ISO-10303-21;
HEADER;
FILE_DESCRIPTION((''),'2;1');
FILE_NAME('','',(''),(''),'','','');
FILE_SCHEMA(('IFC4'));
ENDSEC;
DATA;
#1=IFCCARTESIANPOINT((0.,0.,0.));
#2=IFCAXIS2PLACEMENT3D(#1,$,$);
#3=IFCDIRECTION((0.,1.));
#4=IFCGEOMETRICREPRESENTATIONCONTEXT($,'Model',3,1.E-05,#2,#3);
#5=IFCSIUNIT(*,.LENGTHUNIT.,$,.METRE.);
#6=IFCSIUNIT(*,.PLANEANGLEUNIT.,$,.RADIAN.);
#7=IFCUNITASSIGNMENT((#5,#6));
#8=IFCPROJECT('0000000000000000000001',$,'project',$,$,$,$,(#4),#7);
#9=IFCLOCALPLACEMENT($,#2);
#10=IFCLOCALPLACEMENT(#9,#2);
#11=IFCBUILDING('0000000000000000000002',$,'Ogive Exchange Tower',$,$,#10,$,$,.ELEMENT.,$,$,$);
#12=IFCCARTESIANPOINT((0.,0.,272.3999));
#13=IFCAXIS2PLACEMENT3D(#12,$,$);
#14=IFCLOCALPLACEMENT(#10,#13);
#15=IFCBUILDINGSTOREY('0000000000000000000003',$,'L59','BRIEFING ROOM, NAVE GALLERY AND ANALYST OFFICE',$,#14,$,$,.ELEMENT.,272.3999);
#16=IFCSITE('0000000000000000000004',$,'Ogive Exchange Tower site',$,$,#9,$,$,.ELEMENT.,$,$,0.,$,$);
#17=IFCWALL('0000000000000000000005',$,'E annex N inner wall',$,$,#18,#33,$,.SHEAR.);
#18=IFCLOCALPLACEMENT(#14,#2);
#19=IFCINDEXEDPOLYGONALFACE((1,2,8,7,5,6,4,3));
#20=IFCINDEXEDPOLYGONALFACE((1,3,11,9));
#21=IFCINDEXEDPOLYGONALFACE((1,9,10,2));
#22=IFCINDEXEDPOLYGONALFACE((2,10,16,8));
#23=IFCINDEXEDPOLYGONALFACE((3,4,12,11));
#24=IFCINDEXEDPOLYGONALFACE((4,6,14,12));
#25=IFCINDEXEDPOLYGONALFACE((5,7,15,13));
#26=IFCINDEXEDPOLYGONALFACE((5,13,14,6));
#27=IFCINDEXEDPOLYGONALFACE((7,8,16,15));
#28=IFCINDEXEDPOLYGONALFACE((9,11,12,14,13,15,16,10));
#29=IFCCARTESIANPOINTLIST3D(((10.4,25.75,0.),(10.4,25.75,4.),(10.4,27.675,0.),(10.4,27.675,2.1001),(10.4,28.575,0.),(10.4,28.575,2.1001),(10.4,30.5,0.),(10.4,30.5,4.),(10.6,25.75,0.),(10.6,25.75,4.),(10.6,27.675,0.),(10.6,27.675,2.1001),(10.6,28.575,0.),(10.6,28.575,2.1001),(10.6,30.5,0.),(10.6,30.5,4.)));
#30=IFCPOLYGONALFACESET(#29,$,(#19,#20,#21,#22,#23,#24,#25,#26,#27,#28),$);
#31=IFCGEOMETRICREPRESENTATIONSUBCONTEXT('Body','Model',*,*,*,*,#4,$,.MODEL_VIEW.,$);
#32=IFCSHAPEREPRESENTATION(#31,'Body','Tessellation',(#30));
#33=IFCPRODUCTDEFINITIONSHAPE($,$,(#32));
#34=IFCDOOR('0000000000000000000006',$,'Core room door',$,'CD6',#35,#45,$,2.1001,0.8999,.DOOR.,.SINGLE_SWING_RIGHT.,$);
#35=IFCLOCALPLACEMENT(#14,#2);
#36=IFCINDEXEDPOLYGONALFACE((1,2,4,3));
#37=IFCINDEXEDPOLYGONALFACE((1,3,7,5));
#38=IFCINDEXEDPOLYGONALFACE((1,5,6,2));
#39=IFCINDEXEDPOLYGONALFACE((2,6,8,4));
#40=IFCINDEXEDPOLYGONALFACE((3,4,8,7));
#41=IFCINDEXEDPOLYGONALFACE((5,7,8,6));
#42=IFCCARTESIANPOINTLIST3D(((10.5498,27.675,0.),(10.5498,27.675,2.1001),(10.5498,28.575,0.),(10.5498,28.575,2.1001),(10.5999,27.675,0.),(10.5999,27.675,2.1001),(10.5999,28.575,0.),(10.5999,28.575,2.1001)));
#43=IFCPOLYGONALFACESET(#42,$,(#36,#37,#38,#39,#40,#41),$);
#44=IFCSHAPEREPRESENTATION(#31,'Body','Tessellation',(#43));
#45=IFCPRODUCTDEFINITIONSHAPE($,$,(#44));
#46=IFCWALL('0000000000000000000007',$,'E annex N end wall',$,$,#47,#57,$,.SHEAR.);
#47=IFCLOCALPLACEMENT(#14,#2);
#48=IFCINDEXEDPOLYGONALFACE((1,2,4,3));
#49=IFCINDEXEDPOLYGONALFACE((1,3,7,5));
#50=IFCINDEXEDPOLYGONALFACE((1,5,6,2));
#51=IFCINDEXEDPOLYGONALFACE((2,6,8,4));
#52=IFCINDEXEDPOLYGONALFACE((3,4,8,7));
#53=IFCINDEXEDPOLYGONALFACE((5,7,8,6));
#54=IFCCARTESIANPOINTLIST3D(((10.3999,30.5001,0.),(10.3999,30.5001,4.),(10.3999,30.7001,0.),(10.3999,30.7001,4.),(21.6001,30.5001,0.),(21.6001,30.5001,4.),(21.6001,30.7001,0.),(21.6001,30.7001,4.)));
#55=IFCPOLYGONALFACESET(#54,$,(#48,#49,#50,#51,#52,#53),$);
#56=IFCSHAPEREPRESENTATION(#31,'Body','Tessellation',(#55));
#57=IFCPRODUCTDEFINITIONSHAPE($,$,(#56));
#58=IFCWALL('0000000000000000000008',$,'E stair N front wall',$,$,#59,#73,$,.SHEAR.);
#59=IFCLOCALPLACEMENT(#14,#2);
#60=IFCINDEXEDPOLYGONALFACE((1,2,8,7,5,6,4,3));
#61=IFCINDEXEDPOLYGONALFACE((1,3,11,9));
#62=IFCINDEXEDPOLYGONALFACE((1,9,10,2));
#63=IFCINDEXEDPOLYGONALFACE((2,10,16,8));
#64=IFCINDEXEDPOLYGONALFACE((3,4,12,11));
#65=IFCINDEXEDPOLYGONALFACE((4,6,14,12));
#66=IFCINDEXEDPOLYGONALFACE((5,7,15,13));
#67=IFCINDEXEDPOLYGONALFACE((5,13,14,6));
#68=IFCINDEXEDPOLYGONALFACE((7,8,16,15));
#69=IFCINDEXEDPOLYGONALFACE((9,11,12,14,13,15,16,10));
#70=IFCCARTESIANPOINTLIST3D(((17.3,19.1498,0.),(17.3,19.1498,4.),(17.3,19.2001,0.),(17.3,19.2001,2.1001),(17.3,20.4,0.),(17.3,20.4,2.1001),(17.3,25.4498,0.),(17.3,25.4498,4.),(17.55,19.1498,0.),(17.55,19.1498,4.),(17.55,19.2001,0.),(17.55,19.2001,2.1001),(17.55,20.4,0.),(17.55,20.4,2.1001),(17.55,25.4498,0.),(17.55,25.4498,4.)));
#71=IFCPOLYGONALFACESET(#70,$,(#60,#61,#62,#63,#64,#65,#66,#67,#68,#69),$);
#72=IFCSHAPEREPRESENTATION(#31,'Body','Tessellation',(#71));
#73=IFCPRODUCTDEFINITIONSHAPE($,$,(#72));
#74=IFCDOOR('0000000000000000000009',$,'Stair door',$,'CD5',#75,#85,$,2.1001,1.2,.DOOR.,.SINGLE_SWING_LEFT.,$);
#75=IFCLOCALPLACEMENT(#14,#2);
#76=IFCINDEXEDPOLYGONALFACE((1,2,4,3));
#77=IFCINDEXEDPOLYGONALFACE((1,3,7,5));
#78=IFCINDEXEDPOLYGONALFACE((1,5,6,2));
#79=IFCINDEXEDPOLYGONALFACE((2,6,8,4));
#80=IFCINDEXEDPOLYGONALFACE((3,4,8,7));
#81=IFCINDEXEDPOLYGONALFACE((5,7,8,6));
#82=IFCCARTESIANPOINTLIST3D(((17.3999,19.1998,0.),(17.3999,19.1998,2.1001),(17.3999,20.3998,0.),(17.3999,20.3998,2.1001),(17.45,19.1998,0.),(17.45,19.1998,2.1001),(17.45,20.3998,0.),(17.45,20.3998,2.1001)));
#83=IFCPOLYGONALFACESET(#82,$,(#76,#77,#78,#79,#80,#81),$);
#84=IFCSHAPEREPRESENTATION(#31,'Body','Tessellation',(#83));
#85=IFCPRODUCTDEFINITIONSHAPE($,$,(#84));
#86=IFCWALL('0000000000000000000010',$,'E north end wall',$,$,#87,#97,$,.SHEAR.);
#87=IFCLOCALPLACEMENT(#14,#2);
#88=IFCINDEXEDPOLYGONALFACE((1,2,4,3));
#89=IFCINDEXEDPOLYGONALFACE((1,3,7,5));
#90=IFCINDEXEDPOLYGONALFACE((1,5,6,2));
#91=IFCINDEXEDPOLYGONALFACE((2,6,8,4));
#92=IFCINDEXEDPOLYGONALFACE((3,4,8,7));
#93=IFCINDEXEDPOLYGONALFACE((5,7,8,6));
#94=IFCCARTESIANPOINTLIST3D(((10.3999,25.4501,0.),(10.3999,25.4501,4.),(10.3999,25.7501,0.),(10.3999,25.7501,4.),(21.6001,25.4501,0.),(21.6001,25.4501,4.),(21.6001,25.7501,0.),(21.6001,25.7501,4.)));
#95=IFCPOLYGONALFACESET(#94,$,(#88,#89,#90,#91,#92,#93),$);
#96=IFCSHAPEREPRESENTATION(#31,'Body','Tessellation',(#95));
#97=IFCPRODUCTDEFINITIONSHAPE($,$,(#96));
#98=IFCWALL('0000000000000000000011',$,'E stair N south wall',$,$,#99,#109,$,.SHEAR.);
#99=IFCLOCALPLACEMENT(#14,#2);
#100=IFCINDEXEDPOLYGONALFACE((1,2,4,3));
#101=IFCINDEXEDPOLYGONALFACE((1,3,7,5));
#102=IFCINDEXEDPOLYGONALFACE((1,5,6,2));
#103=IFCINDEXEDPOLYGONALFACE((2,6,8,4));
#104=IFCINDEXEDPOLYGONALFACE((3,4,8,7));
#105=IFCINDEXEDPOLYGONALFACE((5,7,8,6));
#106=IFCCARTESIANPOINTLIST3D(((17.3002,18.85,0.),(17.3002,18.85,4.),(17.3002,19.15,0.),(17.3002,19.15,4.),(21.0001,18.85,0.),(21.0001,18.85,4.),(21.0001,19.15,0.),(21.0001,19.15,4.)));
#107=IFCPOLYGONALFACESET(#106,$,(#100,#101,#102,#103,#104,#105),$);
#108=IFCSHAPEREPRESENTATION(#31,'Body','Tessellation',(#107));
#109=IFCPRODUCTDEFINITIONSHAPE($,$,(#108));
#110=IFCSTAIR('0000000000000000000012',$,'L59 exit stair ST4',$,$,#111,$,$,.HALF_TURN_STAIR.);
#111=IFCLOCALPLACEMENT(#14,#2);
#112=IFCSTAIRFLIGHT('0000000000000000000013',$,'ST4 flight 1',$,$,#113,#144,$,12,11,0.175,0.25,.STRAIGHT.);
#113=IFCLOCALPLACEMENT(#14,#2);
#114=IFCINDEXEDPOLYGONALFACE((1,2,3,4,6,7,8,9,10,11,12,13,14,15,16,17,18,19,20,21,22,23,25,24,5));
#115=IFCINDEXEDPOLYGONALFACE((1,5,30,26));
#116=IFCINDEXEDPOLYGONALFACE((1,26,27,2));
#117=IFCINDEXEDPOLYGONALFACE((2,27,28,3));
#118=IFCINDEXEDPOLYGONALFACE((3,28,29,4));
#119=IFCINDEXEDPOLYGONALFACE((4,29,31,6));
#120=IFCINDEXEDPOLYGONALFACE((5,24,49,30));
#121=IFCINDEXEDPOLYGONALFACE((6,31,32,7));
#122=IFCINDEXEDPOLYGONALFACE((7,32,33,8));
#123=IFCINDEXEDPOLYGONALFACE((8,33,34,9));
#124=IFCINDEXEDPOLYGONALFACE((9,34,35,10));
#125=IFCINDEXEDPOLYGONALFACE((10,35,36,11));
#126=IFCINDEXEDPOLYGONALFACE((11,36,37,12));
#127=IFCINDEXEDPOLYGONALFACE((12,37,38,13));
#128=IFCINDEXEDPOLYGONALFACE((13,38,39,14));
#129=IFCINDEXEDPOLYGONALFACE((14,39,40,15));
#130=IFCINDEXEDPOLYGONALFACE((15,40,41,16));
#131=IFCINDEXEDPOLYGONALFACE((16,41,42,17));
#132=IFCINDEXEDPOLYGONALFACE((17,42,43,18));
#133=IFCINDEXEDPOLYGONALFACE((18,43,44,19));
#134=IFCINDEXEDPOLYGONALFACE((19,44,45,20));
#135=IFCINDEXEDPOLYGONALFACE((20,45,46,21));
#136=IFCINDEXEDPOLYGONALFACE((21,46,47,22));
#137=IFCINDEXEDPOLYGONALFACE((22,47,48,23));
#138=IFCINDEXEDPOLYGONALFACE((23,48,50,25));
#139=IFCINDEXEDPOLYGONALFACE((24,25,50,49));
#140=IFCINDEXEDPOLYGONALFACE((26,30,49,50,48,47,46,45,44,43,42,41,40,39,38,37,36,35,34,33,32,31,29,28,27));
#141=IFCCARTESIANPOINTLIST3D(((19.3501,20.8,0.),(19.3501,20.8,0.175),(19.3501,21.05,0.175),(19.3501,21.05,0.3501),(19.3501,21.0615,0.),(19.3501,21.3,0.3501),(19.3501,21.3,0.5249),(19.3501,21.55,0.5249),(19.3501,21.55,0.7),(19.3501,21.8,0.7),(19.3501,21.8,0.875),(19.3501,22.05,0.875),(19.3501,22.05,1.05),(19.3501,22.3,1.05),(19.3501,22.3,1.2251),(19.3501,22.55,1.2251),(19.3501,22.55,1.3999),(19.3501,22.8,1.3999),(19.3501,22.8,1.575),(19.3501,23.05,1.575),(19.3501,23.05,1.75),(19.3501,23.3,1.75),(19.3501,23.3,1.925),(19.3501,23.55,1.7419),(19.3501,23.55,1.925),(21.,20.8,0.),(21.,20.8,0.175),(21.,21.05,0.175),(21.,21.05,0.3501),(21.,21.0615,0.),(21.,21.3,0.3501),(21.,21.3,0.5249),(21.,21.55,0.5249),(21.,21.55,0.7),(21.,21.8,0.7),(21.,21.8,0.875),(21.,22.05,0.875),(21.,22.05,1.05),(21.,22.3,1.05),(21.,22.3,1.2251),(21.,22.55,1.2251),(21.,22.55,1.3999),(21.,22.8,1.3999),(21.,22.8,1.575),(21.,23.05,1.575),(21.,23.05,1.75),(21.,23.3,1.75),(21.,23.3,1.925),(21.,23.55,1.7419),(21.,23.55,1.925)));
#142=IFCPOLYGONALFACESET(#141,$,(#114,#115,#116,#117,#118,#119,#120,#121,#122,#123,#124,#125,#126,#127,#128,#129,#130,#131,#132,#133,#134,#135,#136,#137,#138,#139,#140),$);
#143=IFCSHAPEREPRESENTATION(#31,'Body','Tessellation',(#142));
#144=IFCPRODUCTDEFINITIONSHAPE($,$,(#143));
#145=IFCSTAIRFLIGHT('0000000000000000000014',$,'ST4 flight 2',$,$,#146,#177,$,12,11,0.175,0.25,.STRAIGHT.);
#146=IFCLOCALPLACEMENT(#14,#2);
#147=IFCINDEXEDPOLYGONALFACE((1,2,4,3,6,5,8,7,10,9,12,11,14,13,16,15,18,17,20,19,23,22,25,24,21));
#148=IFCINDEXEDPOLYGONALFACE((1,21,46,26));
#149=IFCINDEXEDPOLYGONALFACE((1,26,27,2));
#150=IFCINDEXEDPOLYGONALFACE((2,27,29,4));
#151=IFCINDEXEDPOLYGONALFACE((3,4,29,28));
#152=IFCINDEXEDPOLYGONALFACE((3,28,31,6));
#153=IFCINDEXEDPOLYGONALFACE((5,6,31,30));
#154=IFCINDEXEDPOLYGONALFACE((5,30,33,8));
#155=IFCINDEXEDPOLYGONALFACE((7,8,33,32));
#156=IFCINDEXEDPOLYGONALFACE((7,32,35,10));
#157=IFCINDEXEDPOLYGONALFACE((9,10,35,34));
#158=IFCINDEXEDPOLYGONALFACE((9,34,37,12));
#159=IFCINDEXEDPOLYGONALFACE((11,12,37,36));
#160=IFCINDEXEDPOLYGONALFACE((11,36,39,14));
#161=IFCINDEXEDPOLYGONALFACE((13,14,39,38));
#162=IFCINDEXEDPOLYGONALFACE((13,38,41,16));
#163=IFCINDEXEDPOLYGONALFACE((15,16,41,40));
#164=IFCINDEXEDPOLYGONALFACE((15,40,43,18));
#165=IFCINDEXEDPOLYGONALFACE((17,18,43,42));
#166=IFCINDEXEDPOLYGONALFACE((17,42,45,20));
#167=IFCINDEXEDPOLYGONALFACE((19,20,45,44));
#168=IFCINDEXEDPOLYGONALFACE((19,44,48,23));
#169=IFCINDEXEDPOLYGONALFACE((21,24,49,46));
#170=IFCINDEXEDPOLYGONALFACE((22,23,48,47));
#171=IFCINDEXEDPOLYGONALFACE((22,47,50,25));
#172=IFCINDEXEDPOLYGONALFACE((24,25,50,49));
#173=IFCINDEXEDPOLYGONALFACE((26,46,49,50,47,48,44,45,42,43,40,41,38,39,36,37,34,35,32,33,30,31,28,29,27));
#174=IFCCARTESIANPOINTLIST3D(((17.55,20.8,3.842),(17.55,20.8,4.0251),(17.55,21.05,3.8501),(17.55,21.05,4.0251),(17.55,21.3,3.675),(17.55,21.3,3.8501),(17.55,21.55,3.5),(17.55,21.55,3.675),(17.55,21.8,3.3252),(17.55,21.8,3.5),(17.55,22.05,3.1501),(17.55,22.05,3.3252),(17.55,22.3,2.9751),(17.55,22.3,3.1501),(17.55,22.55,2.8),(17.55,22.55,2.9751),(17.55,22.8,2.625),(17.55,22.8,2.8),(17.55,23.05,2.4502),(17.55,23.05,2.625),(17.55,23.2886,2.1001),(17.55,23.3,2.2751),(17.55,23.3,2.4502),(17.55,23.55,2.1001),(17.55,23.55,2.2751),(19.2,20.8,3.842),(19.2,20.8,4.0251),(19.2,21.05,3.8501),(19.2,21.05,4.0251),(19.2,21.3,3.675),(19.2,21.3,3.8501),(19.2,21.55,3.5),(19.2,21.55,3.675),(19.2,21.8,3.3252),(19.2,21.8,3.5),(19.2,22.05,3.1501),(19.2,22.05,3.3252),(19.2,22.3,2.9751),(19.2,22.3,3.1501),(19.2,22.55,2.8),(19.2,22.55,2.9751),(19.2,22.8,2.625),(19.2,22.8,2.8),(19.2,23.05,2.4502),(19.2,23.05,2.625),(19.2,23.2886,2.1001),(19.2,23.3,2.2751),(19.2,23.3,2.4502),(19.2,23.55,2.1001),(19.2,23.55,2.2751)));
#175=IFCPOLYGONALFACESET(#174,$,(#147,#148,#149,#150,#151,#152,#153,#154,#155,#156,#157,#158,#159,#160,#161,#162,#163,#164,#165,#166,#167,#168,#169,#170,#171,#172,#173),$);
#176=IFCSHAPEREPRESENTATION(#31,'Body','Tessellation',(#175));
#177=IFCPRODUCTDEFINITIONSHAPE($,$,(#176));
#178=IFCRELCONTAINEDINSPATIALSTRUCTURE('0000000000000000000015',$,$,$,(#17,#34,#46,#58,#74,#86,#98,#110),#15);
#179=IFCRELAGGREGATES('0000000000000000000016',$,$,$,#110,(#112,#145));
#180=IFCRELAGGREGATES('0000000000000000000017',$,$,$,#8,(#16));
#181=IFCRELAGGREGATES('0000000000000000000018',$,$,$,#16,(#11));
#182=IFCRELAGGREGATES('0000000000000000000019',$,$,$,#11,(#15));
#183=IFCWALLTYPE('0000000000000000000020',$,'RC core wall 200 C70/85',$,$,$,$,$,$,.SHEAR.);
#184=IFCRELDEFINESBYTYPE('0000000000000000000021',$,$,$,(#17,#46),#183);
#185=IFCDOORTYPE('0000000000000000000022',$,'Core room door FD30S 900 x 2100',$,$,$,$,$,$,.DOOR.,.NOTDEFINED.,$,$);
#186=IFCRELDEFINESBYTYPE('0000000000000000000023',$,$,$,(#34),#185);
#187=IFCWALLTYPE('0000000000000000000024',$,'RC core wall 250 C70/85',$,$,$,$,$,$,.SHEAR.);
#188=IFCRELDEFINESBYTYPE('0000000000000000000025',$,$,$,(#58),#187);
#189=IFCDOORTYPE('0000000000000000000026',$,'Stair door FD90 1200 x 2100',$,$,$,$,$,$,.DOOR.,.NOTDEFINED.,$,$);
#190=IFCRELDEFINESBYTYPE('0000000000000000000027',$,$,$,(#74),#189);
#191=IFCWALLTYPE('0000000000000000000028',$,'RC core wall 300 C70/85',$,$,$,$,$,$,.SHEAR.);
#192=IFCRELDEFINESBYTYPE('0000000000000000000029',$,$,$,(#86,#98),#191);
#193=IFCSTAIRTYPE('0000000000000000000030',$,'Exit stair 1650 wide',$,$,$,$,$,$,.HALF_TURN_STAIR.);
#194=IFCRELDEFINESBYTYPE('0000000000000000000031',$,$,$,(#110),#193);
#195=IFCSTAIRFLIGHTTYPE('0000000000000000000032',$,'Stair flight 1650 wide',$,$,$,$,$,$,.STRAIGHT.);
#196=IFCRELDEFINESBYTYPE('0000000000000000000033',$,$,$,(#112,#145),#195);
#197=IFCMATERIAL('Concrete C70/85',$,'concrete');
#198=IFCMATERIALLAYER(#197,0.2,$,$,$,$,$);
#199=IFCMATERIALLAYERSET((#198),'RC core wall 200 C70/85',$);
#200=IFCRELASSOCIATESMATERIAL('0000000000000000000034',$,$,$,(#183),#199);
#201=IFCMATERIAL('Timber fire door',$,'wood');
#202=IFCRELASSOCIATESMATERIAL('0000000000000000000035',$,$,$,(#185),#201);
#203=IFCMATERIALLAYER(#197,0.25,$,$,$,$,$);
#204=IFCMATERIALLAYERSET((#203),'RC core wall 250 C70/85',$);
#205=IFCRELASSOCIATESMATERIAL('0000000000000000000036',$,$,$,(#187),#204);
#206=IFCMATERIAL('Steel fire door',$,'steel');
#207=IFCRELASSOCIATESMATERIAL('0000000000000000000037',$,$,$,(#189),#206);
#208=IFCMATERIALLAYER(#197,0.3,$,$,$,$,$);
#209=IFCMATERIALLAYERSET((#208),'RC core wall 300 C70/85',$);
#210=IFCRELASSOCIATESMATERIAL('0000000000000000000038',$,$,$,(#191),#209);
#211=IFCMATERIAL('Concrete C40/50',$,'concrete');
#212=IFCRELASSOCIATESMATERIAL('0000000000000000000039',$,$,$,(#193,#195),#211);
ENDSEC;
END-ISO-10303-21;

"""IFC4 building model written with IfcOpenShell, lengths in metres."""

from ifc_helpers import new_model, si_unit, direction, frame, frame_2d, origin, place, context, subcontext, project, spatial, polyline, rectangle, outline, extrude, material, layer, layer_set, type_object, element, fill, aggregate, save


model = new_model("IFC4")

# Units and contexts
model_context = context("Model", 3, precision=1e-05, world=origin(), true_north=direction((0.0, 1.0)))
body_context = subcontext(model_context, "Body", "Model", "MODEL_VIEW")
ifc_project = project(units=[si_unit("LENGTHUNIT", "METRE"), si_unit("PLANEANGLEUNIT", "RADIAN")], contexts=[model_context])

# Site, building, storey
site_placement = place(None, origin())
site = spatial("IfcSite", under=ifc_project, at=site_placement, Name="Ogive Exchange Tower site", CompositionType="ELEMENT", RefElevation=0.0)
building_placement = place(site_placement, origin())
building = spatial("IfcBuilding", under=site, at=building_placement, Name="Ogive Exchange Tower", CompositionType="ELEMENT")
storey_placement = place(building_placement, frame((0.0, 0.0, 272.3999)))
storey = spatial("IfcBuildingStorey", under=building, at=storey_placement, Name="L59", Description="BRIEFING ROOM, NAVE GALLERY AND ANALYST OFFICE", CompositionType="ELEMENT", Elevation=272.3999)

# Wall, opening, door
ifc_material_1 = material(Name="Concrete C70/85", Category="concrete")
ifc_layer_1 = layer(ifc_material_1, 0.2)
ifc_layer_set_1 = layer_set([ifc_layer_1], Name="RC core wall 200 C70/85")
wall_type_1 = type_object("IfcWallType", Name="RC core wall 200 C70/85", PredefinedType="SHEAR", material=ifc_layer_set_1)
wall_1_placement = place(storey_placement, frame((10.5, 25.75, 0.0), z_axis=(0.0, 0.0, 1.0), x_axis=(0.0, 1.0, 0.0)))
wall_1 = element("IfcWall", 1, at=wall_1_placement, inside=storey, type_object=wall_type_1, Name="E annex N inner wall", PredefinedType="SHEAR", context=body_context, shape_type="SweptSolid", body=[
    extrude(rectangle(XDim=4.75, YDim=0.2, at=frame_2d((2.375, 0.0))), origin(), (0.0, 0.0, 1.0), 4.0),
])
opening_1_placement = place(wall_1_placement, frame((1.925, 0.0, 0.0)))
opening_1 = element("IfcOpeningElement", 2, at=opening_1_placement, cuts=wall_1, PredefinedType="OPENING", context=body_context, shape_type="SweptSolid", body=[
    extrude(rectangle(XDim=0.8999, YDim=2.1001, at=frame_2d((0.45, 1.05))), frame((0.0, 0.1099, 0.0), z_axis=(0.0, -1.0, 0.0), x_axis=(1.0, 0.0, 0.0)), (0.0, 0.0, 1.0), 0.22),
])
ifc_material_2 = material(Name="Timber fire door", Category="wood")
door_type_1 = type_object("IfcDoorType", Name="Core room door FD30S 900 x 2100", OperationType="NOTDEFINED", PredefinedType="DOOR", material=ifc_material_2)
door_1_placement = place(opening_1_placement, origin())
door_1 = element("IfcDoor", 3, at=door_1_placement, inside=storey, type_object=door_type_1, Name="Core room door", ObjectType="CD6", OperationType="SINGLE_SWING_RIGHT", OverallHeight=2.1001, OverallWidth=0.8999, PredefinedType="DOOR", context=body_context, shape_type="SweptSolid", body=[
    extrude(rectangle(XDim=0.8999, YDim=2.1001, at=frame_2d((0.45, 1.05))), frame((0.0, -0.0498, 0.0), z_axis=(0.0, -1.0, 0.0), x_axis=(1.0, 0.0, 0.0)), (0.0, 0.0, 1.0), 0.05),
])
fill(opening_1, door_1)

# Wall
wall_2_placement = place(storey_placement, frame((10.3999, 30.6001, 0.0), z_axis=(0.0, 0.0, 1.0), x_axis=(1.0, 0.0, 0.0)))
element("IfcWall", 4, at=wall_2_placement, inside=storey, type_object=wall_type_1, Name="E annex N end wall", PredefinedType="SHEAR", context=body_context, shape_type="SweptSolid", body=[
    extrude(rectangle(XDim=11.2002, YDim=0.2, at=frame_2d((5.6001, 0.0))), origin(), (0.0, 0.0, 1.0), 4.0),
])

# Wall, opening, door
ifc_layer_2 = layer(ifc_material_1, 0.25)
ifc_layer_set_2 = layer_set([ifc_layer_2], Name="RC core wall 250 C70/85")
wall_type_2 = type_object("IfcWallType", Name="RC core wall 250 C70/85", PredefinedType="SHEAR", material=ifc_layer_set_2)
wall_3_placement = place(storey_placement, frame((17.425, 19.1499, 0.0), z_axis=(0.0, 0.0, 1.0), x_axis=(0.0, 1.0, 0.0)))
wall_3 = element("IfcWall", 5, at=wall_3_placement, inside=storey, type_object=wall_type_2, Name="E stair N front wall", PredefinedType="SHEAR", context=body_context, shape_type="SweptSolid", body=[
    extrude(rectangle(XDim=6.3, YDim=0.25, at=frame_2d((3.1499, 0.0))), origin(), (0.0, 0.0, 1.0), 4.0),
])
opening_2_placement = place(wall_3_placement, frame((0.05, 0.0, 0.0)))
opening_2 = element("IfcOpeningElement", 6, at=opening_2_placement, cuts=wall_3, PredefinedType="OPENING", context=body_context, shape_type="SweptSolid", body=[
    extrude(rectangle(XDim=1.2, YDim=2.1001, at=frame_2d((0.6001, 1.05))), frame((0.0, 0.135, 0.0), z_axis=(0.0, -1.0, 0.0), x_axis=(1.0, 0.0, 0.0)), (0.0, 0.0, 1.0), 0.27),
])
ifc_material_3 = material(Name="Steel fire door", Category="steel")
door_type_2 = type_object("IfcDoorType", Name="Stair door FD90 1200 x 2100", OperationType="NOTDEFINED", PredefinedType="DOOR", material=ifc_material_3)
door_2_placement = place(opening_2_placement, frame((1.2, 0.0, 0.0), z_axis=(0.0, 0.0, 1.0), x_axis=(-1.0, 0.0, 0.0)))
door_2 = element("IfcDoor", 7, at=door_2_placement, inside=storey, type_object=door_type_2, Name="Stair door", ObjectType="CD5", OperationType="SINGLE_SWING_LEFT", OverallHeight=2.1001, OverallWidth=1.2, PredefinedType="DOOR", context=body_context, shape_type="SweptSolid", body=[
    extrude(rectangle(XDim=1.2, YDim=2.1001, at=frame_2d((0.6001, 1.05))), frame((0.0, 0.0249, 0.0), z_axis=(0.0, -1.0, 0.0), x_axis=(1.0, 0.0, 0.0)), (0.0, 0.0, 1.0), 0.05),
])
fill(opening_2, door_2)

# Walls
ifc_layer_3 = layer(ifc_material_1, 0.3)
ifc_layer_set_3 = layer_set([ifc_layer_3], Name="RC core wall 300 C70/85")
wall_type_3 = type_object("IfcWallType", Name="RC core wall 300 C70/85", PredefinedType="SHEAR", material=ifc_layer_set_3)
wall_4_placement = place(storey_placement, frame((10.3999, 25.6001, 0.0), z_axis=(0.0, 0.0, 1.0), x_axis=(1.0, 0.0, 0.0)))
element("IfcWall", 8, at=wall_4_placement, inside=storey, type_object=wall_type_3, Name="E north end wall", PredefinedType="SHEAR", context=body_context, shape_type="SweptSolid", body=[
    extrude(rectangle(XDim=11.2002, YDim=0.3, at=frame_2d((5.6001, 0.0))), origin(), (0.0, 0.0, 1.0), 4.0),
])
wall_5_placement = place(storey_placement, frame((17.3, 19.0, 0.0), z_axis=(0.0, 0.0, 1.0), x_axis=(1.0, 0.0, 0.0)))
element("IfcWall", 9, at=wall_5_placement, inside=storey, type_object=wall_type_3, Name="E stair N south wall", PredefinedType="SHEAR", context=body_context, shape_type="SweptSolid", body=[
    extrude(rectangle(XDim=3.7, YDim=0.3, at=frame_2d((1.8501, 0.0))), origin(), (0.0, 0.0, 1.0), 4.0),
])

# Stair, stair flights
ifc_material_4 = material(Name="Concrete C40/50", Category="concrete")
stair_type = type_object("IfcStairType", Name="Exit stair 1650 wide", PredefinedType="HALF_TURN_STAIR", material=ifc_material_4)
stair_placement = place(storey_placement, origin())
stair = element("IfcStair", 10, at=stair_placement, inside=storey, type_object=stair_type, Name="L59 exit stair ST4", PredefinedType="HALF_TURN_STAIR")
stair_flight_type = type_object("IfcStairFlightType", Name="Stair flight 1650 wide", PredefinedType="STRAIGHT", material=ifc_material_4)
stair_flight_1_placement = place(storey_placement, frame((20.175, 20.8, 0.0), z_axis=(0.0, 0.0, 1.0), x_axis=(0.0, 1.0, 0.0)))
stair_flight_1 = element("IfcStairFlight", 11, at=stair_flight_1_placement, type_object=stair_flight_type, Name="ST4 flight 1", NumberOfRisers=12, NumberOfTreads=11, PredefinedType="STRAIGHT", RiserHeight=0.175, TreadLength=0.25, context=body_context, shape_type="SweptSolid", body=[
    extrude(outline(polyline([(0.0, 0.0), (0.0, 0.175), (0.25, 0.175), (0.25, 0.3501), (0.5, 0.3501), (0.5, 0.5249), (0.75, 0.5249), (0.75, 0.7), (1.0, 0.7), (1.0, 0.875), (1.25, 0.875), (1.25, 1.05), (1.5, 1.05), (1.5, 1.2251), (1.75, 1.2251), (1.75, 1.3999), (2.0, 1.3999), (2.0, 1.575), (2.25, 1.575), (2.25, 1.75), (2.5, 1.75), (2.5, 1.925), (2.75, 1.925), (2.75, 2.1001), (2.75, 1.7419), (0.2615, 0.0), (0.0, 0.0)])), frame((0.0, 0.825, 0.0), z_axis=(0.0, -1.0, 0.0), x_axis=(1.0, 0.0, 0.0)), (0.0, 0.0, 1.0), 1.6499),
])
stair_flight_2_placement = place(storey_placement, frame((18.375, 23.55, 2.1001), z_axis=(0.0, 0.0, 1.0), x_axis=(0.0, -1.0, 0.0)))
stair_flight_2 = element("IfcStairFlight", 12, at=stair_flight_2_placement, type_object=stair_flight_type, Name="ST4 flight 2", NumberOfRisers=12, NumberOfTreads=11, PredefinedType="STRAIGHT", RiserHeight=0.175, TreadLength=0.25, context=body_context, shape_type="SweptSolid", body=[
    extrude(outline(polyline([(0.0, 0.0), (0.0, 0.175), (0.25, 0.175), (0.25, 0.3501), (0.5, 0.3501), (0.5, 0.5249), (0.75, 0.5249), (0.75, 0.7), (1.0, 0.7), (1.0, 0.875), (1.25, 0.875), (1.25, 1.05), (1.5, 1.05), (1.5, 1.2251), (1.75, 1.2251), (1.75, 1.3999), (2.0, 1.3999), (2.0, 1.575), (2.25, 1.575), (2.25, 1.75), (2.5, 1.75), (2.5, 1.925), (2.75, 1.925), (2.75, 2.1001), (2.75, 1.7419), (0.2615, 0.0), (0.0, 0.0)])), frame((0.0, 0.825, 0.0), z_axis=(0.0, -1.0, 0.0), x_axis=(1.0, 0.0, 0.0)), (0.0, 0.0, 1.0), 1.6499),
])
aggregate(stair, [stair_flight_1, stair_flight_2])

save(model, "model.ifc")
